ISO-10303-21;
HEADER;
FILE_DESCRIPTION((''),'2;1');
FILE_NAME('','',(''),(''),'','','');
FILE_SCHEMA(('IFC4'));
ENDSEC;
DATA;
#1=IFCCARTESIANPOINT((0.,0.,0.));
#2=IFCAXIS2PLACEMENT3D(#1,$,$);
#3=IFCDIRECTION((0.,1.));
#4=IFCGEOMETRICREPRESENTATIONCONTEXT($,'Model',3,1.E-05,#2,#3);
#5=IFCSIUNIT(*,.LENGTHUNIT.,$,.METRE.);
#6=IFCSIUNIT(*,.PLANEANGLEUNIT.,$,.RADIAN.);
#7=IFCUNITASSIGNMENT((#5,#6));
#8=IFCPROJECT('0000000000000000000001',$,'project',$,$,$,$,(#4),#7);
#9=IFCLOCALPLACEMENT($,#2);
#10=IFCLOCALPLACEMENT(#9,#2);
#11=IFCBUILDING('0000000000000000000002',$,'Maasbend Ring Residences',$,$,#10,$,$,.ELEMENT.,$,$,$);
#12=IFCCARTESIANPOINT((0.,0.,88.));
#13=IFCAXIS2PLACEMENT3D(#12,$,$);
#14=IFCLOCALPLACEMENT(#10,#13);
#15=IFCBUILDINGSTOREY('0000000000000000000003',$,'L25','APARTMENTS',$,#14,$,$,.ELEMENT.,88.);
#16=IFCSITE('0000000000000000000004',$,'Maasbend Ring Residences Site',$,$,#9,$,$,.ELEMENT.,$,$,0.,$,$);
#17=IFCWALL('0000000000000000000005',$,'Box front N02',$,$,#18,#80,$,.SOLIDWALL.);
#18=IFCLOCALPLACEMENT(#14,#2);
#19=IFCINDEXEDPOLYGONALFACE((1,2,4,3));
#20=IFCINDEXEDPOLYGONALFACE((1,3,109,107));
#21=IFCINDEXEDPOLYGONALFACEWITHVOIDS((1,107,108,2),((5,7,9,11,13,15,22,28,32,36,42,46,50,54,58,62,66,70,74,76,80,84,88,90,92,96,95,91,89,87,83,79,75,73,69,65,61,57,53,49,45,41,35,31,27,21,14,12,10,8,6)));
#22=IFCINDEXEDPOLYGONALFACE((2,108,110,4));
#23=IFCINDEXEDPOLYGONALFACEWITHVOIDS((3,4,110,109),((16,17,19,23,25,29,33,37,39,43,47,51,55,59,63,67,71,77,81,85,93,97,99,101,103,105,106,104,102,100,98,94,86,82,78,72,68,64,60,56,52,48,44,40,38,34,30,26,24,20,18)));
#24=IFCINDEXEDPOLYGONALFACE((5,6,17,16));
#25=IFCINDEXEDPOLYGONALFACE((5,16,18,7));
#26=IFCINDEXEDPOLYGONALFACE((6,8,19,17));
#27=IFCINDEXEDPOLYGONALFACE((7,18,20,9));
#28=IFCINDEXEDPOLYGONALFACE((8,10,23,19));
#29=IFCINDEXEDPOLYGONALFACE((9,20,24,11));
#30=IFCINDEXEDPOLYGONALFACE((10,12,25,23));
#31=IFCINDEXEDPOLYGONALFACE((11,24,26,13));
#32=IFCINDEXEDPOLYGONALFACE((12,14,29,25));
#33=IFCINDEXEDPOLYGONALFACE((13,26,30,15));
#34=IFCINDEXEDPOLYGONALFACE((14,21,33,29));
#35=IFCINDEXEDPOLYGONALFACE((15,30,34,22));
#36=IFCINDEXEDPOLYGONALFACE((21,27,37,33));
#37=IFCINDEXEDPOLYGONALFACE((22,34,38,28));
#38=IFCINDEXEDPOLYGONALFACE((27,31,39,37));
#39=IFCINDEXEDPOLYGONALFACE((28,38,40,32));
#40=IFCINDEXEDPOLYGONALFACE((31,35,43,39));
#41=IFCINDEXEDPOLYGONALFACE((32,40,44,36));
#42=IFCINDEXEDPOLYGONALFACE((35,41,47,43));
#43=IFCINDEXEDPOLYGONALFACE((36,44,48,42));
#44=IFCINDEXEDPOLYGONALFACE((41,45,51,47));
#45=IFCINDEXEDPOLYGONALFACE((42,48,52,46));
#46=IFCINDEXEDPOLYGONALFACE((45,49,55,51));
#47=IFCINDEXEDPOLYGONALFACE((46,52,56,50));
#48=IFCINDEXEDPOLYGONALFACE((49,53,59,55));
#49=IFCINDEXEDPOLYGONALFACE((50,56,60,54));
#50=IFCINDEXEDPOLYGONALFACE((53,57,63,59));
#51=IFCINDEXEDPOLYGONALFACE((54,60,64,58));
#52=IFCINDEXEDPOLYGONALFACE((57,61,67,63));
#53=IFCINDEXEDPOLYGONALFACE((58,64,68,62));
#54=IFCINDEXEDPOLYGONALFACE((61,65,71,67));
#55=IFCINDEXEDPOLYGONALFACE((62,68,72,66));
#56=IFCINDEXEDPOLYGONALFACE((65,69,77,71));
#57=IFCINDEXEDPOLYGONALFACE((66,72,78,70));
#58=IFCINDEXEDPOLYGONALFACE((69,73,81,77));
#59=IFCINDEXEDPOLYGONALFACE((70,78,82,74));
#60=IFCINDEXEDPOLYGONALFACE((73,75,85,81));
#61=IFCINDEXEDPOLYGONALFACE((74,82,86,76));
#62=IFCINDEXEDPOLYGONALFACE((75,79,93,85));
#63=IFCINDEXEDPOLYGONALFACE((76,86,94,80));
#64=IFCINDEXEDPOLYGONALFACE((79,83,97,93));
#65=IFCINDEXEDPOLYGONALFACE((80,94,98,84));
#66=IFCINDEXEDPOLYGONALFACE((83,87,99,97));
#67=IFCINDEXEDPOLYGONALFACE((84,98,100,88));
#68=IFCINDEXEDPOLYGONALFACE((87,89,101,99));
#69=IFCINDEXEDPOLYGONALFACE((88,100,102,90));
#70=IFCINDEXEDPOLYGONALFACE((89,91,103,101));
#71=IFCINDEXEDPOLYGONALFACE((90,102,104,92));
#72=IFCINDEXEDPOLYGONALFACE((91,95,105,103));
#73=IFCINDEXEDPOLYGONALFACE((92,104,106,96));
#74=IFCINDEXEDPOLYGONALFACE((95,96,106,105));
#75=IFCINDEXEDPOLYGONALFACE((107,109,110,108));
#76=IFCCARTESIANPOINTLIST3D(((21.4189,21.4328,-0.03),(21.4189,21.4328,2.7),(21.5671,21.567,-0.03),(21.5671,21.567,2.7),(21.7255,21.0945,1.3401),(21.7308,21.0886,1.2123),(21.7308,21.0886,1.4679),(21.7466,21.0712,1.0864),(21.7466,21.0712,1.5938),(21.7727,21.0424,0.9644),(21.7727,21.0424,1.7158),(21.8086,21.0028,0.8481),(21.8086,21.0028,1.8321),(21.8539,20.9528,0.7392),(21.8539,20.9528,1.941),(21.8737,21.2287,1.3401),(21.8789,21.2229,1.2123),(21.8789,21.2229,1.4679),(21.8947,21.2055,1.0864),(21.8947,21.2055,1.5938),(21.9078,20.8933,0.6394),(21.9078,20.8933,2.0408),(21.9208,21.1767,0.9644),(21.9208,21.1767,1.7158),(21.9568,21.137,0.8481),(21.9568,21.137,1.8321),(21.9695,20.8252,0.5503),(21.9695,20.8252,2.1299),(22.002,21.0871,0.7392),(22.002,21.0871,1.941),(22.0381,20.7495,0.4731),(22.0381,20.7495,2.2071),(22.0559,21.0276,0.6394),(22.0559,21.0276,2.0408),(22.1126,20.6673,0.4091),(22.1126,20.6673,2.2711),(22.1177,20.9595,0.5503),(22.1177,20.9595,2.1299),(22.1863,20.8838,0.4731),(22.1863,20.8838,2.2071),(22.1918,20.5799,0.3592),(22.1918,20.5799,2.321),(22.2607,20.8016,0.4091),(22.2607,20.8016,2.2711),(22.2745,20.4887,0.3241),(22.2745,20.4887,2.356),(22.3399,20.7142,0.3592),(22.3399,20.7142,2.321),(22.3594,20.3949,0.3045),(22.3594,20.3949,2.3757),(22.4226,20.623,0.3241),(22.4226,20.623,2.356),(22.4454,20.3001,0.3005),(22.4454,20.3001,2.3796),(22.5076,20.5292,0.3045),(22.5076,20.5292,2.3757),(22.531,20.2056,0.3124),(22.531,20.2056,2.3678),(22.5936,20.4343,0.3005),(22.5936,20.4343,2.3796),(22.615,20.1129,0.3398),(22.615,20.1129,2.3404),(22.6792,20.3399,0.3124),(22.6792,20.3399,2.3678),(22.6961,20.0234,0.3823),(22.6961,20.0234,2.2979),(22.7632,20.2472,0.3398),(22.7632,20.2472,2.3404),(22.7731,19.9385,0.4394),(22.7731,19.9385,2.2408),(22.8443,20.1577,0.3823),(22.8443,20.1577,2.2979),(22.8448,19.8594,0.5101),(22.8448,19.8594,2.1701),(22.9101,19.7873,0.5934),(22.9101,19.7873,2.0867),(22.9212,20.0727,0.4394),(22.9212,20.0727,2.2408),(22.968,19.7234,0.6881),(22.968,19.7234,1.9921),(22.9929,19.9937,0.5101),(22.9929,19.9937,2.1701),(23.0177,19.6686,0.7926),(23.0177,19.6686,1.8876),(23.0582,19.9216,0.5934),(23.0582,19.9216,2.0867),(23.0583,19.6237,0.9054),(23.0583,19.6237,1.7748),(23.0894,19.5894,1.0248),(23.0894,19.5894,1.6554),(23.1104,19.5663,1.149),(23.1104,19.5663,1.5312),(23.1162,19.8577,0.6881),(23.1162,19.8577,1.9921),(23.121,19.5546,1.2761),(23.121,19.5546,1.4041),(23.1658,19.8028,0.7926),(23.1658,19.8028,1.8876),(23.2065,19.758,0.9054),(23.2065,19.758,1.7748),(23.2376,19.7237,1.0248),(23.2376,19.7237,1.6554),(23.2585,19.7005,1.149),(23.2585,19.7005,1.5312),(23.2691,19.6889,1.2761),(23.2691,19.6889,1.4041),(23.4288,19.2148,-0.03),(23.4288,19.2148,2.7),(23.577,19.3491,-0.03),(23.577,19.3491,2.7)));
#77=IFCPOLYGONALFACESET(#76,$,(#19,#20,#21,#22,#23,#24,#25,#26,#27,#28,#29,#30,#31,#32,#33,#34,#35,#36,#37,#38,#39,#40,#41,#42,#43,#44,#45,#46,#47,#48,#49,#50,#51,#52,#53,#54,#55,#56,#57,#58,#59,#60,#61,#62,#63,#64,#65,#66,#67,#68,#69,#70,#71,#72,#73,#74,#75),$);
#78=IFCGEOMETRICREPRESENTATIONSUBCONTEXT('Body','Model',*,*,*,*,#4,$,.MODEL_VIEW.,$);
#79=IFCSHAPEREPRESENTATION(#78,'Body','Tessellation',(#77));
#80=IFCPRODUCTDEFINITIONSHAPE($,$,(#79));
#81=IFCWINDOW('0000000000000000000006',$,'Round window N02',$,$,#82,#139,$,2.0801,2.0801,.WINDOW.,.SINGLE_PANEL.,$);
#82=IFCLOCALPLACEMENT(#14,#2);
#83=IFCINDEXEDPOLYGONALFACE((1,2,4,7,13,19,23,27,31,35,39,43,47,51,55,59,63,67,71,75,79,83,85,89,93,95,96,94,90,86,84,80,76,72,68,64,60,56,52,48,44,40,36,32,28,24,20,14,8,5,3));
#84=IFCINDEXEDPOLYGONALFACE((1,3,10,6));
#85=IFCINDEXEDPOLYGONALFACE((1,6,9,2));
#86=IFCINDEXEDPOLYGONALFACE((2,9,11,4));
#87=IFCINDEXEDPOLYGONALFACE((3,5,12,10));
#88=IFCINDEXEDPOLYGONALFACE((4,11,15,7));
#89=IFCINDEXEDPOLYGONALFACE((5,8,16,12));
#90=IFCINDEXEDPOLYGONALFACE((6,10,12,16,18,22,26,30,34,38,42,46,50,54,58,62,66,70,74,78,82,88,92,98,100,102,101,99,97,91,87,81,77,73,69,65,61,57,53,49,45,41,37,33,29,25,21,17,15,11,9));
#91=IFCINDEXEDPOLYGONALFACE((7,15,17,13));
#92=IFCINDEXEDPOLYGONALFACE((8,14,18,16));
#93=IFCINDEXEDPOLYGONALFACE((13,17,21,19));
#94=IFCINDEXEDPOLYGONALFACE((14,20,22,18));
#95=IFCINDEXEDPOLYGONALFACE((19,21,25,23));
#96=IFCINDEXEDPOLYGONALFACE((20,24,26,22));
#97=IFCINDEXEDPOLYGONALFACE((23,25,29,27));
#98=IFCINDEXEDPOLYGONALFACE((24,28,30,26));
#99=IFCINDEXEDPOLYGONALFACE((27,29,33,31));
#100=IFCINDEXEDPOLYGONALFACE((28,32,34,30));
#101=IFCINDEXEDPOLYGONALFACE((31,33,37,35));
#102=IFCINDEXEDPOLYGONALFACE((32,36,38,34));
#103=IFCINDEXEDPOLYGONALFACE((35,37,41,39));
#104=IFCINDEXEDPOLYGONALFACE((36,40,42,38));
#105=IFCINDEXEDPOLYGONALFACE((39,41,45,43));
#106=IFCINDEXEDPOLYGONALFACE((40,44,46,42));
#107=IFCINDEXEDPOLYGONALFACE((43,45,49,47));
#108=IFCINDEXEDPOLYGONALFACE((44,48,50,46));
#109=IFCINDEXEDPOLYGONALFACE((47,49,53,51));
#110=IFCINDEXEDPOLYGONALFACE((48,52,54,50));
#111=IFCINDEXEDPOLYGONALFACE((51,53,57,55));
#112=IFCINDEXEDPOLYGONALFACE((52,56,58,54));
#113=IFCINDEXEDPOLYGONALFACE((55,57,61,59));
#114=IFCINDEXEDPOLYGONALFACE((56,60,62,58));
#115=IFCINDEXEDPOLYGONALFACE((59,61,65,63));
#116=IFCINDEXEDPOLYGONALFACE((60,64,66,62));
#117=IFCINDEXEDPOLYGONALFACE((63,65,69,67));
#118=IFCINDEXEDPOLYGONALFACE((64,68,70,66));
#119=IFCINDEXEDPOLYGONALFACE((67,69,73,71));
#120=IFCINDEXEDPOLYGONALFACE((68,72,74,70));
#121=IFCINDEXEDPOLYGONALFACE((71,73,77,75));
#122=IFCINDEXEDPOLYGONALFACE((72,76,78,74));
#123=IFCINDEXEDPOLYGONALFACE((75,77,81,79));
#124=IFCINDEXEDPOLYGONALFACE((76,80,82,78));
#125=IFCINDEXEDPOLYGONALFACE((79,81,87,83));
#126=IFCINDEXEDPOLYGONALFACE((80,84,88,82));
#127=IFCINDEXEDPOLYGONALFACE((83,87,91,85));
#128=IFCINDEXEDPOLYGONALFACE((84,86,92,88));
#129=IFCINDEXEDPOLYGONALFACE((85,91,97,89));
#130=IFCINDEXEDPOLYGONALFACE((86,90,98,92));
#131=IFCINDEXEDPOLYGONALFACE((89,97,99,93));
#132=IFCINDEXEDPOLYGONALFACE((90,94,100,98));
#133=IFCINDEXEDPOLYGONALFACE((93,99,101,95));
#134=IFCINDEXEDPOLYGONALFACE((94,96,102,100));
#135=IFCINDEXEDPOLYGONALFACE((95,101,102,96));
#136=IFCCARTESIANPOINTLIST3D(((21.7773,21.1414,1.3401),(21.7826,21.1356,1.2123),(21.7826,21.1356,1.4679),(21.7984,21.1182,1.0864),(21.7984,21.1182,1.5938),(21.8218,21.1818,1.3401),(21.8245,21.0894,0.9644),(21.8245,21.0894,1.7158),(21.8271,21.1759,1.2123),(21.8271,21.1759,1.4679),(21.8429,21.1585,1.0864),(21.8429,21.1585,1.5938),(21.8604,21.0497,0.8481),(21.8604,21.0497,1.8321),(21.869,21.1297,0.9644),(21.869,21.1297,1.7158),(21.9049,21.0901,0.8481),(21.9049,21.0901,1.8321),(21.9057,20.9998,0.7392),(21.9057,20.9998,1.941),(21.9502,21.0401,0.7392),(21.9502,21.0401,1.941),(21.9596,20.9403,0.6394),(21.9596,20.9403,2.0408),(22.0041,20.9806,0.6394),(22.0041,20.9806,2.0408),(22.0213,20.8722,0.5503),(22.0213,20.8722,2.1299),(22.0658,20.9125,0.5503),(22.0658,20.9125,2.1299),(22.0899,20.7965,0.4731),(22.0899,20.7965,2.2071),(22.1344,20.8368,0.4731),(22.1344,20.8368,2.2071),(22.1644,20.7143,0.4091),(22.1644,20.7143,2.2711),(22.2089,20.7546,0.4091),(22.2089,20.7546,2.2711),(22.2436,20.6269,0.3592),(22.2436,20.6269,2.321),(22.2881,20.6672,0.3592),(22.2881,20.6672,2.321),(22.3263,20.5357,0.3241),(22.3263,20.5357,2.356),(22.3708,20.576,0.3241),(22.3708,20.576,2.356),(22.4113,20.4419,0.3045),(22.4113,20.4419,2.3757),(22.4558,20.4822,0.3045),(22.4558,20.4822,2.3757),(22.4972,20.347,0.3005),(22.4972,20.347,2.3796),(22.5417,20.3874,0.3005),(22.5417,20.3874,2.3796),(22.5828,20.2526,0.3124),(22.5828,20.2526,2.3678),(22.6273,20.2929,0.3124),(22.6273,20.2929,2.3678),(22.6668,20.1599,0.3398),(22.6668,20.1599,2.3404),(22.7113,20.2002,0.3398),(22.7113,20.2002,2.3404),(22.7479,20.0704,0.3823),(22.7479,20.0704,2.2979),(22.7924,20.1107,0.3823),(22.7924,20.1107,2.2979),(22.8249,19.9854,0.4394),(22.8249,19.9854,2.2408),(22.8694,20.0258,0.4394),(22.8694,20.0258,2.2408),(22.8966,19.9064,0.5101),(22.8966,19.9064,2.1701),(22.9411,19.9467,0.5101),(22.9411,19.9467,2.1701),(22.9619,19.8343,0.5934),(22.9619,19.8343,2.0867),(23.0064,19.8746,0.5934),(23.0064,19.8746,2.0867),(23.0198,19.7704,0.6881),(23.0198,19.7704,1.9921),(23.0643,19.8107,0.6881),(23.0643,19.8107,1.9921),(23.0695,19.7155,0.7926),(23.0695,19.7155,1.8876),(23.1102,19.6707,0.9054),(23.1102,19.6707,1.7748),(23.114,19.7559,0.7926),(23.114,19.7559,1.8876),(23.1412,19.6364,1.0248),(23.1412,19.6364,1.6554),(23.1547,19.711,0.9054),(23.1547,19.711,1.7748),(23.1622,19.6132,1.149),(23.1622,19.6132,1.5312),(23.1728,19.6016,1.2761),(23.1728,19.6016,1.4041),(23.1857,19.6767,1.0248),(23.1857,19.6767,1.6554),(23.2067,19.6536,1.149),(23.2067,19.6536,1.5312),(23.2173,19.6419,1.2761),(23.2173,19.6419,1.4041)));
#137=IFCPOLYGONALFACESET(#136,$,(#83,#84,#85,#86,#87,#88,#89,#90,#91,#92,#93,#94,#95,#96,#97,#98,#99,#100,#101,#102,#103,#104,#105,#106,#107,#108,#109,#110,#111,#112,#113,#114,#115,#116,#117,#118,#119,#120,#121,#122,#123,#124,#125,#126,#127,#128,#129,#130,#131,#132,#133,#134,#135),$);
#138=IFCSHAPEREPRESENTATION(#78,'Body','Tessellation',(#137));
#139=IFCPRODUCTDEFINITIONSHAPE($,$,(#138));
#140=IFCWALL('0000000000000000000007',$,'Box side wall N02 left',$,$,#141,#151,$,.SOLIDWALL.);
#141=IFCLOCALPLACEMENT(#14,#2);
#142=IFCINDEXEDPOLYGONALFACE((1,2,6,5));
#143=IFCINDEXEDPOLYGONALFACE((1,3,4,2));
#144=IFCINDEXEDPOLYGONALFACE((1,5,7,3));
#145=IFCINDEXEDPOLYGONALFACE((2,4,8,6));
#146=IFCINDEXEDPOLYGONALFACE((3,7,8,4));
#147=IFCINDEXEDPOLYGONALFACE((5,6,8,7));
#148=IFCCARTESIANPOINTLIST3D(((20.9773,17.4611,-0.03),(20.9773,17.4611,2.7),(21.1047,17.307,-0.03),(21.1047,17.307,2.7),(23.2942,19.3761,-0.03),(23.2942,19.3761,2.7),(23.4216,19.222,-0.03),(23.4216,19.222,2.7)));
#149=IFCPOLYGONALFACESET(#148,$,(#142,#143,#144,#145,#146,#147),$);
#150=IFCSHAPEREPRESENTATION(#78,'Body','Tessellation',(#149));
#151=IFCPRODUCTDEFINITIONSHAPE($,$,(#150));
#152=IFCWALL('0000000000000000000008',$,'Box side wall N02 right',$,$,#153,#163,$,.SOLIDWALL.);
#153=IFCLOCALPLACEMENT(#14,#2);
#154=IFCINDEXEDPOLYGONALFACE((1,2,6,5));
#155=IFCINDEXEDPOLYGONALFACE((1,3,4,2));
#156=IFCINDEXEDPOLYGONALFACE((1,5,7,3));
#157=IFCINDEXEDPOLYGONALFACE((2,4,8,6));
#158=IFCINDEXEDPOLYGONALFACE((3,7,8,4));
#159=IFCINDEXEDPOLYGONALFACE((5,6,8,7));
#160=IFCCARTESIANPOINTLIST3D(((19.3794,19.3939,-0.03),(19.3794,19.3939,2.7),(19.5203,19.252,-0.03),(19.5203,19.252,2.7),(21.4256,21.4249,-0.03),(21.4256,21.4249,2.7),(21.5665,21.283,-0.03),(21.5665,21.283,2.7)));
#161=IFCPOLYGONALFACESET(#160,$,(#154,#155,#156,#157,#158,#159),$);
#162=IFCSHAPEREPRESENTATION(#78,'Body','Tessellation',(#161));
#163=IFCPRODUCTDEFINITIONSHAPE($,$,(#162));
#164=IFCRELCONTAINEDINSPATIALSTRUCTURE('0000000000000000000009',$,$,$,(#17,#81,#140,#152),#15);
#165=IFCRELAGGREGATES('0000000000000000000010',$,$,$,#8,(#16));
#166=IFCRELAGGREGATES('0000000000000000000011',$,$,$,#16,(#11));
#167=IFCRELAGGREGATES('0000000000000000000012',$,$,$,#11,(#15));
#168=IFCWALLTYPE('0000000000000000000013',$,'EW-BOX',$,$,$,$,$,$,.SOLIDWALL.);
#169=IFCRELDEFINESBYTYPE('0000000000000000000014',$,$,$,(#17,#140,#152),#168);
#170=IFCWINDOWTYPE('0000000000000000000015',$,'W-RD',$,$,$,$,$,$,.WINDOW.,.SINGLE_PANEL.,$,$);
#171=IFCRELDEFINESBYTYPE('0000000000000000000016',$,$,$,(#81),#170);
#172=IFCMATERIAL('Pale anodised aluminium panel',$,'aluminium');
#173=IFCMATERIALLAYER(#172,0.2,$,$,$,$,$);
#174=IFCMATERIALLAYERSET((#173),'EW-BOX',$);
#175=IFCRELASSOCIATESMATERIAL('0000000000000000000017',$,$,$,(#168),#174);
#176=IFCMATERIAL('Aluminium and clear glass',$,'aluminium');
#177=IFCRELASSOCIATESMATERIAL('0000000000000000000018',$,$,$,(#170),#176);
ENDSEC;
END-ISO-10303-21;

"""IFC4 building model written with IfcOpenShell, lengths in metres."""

from ifc_helpers import new_model, si_unit, direction, frame, frame_2d, origin, place, context, subcontext, project, spatial, rectangle, circle, extrude, material, layer, layer_set, type_object, element, fill, save


model = new_model("IFC4")

# Units and contexts
model_context = context("Model", 3, precision=1e-05, world=origin(), true_north=direction((0.0, 1.0)))
body_context = subcontext(model_context, "Body", "Model", "MODEL_VIEW")
ifc_project = project(units=[si_unit("LENGTHUNIT", "METRE"), si_unit("PLANEANGLEUNIT", "RADIAN")], contexts=[model_context])

# Site, building, storey
site_placement = place(None, origin())
site = spatial("IfcSite", under=ifc_project, at=site_placement, Name="Maasbend Ring Residences Site", CompositionType="ELEMENT", RefElevation=0.0)
building_placement = place(site_placement, origin())
building = spatial("IfcBuilding", under=site, at=building_placement, Name="Maasbend Ring Residences", CompositionType="ELEMENT")
storey_placement = place(building_placement, frame((0.0, 0.0, 88.0)))
storey = spatial("IfcBuildingStorey", under=building, at=storey_placement, Name="L25", Description="APARTMENTS", CompositionType="ELEMENT", Elevation=88.0)

# Wall, opening, window
ifc_material_1 = material(Name="Pale anodised aluminium panel", Category="aluminium")
ifc_layer_1 = layer(ifc_material_1, 0.2)
ifc_layer_set_1 = layer_set([ifc_layer_1], Name="EW-BOX")
wall_type_1 = type_object("IfcWallType", Name="EW-BOX", PredefinedType="SOLIDWALL", material=ifc_layer_set_1)
wall_1_placement = place(storey_placement, frame((23.5029, 19.282, -0.03), z_axis=(0.0, 0.0, 1.0), x_axis=(-0.671507, 0.740998, 0.0)))
wall_1 = element("IfcWall", 1, at=wall_1_placement, inside=storey, type_object=wall_type_1, Name="Box front N02", PredefinedType="SOLIDWALL", context=body_context, shape_type="SweptSolid", body=[
    extrude(rectangle(XDim=2.9932, YDim=0.2, at=frame_2d((1.4966, 0.0))), origin(), (0.0, 0.0, 1.0), 2.73),
])
opening_1_placement = place(wall_1_placement, frame((0.4565, 0.0, 0.3301)))
opening_1 = element("IfcOpeningElement", 2, at=opening_1_placement, cuts=wall_1, PredefinedType="OPENING", context=body_context, shape_type="SweptSolid", body=[
    extrude(circle(Radius=1.04, at=frame_2d((1.04, 1.04))), frame((0.0, 0.1099, 0.0), z_axis=(0.0, -1.0, 0.0), x_axis=(1.0, 0.0, 0.0)), (0.0, 0.0, 1.0), 0.22),
])
ifc_material_2 = material(Name="Aluminium and clear glass", Category="aluminium")
window_type_1 = type_object("IfcWindowType", Name="W-RD", PartitioningType="SINGLE_PANEL", PredefinedType="WINDOW", material=ifc_material_2)
window_1_placement = place(opening_1_placement, origin())
window_1 = element("IfcWindow", 3, at=window_1_placement, inside=storey, type_object=window_type_1, Name="Round window N02", OverallHeight=2.0801, OverallWidth=2.0801, PartitioningType="SINGLE_PANEL", PredefinedType="WINDOW", context=body_context, shape_type="SweptSolid", body=[
    extrude(circle(Radius=1.04, at=frame_2d((1.04, 1.04))), frame((0.0, 0.03, 0.0), z_axis=(0.0, -1.0, 0.0), x_axis=(1.0, 0.0, 0.0)), (0.0, 0.0, 1.0), 0.0601),
])
fill(opening_1, window_1)

# Walls
wall_2_placement = place(storey_placement, frame((21.041, 17.384, -0.03), z_axis=(0.0, 0.0, 1.0), x_axis=(0.770785, 0.637096, 0.0)))
element("IfcWall", 4, at=wall_2_placement, inside=storey, type_object=wall_type_1, Name="Box side wall N02 left", PredefinedType="SOLIDWALL", context=body_context, shape_type="SweptSolid", body=[
    extrude(rectangle(XDim=3.0059, YDim=0.2, at=frame_2d((1.5029, 0.0))), origin(), (0.0, 0.0, 1.0), 2.73),
])
wall_3_placement = place(storey_placement, frame((19.45, 19.323, -0.03), z_axis=(0.0, 0.0, 1.0), x_axis=(0.709727, 0.704477, 0.0)))
element("IfcWall", 5, at=wall_3_placement, inside=storey, type_object=wall_type_1, Name="Box side wall N02 right", PredefinedType="SOLIDWALL", context=body_context, shape_type="SweptSolid", body=[
    extrude(rectangle(XDim=2.8831, YDim=0.2, at=frame_2d((1.4414, 0.0))), origin(), (0.0, 0.0, 1.0), 2.73),
])

save(model, "model.ifc")
